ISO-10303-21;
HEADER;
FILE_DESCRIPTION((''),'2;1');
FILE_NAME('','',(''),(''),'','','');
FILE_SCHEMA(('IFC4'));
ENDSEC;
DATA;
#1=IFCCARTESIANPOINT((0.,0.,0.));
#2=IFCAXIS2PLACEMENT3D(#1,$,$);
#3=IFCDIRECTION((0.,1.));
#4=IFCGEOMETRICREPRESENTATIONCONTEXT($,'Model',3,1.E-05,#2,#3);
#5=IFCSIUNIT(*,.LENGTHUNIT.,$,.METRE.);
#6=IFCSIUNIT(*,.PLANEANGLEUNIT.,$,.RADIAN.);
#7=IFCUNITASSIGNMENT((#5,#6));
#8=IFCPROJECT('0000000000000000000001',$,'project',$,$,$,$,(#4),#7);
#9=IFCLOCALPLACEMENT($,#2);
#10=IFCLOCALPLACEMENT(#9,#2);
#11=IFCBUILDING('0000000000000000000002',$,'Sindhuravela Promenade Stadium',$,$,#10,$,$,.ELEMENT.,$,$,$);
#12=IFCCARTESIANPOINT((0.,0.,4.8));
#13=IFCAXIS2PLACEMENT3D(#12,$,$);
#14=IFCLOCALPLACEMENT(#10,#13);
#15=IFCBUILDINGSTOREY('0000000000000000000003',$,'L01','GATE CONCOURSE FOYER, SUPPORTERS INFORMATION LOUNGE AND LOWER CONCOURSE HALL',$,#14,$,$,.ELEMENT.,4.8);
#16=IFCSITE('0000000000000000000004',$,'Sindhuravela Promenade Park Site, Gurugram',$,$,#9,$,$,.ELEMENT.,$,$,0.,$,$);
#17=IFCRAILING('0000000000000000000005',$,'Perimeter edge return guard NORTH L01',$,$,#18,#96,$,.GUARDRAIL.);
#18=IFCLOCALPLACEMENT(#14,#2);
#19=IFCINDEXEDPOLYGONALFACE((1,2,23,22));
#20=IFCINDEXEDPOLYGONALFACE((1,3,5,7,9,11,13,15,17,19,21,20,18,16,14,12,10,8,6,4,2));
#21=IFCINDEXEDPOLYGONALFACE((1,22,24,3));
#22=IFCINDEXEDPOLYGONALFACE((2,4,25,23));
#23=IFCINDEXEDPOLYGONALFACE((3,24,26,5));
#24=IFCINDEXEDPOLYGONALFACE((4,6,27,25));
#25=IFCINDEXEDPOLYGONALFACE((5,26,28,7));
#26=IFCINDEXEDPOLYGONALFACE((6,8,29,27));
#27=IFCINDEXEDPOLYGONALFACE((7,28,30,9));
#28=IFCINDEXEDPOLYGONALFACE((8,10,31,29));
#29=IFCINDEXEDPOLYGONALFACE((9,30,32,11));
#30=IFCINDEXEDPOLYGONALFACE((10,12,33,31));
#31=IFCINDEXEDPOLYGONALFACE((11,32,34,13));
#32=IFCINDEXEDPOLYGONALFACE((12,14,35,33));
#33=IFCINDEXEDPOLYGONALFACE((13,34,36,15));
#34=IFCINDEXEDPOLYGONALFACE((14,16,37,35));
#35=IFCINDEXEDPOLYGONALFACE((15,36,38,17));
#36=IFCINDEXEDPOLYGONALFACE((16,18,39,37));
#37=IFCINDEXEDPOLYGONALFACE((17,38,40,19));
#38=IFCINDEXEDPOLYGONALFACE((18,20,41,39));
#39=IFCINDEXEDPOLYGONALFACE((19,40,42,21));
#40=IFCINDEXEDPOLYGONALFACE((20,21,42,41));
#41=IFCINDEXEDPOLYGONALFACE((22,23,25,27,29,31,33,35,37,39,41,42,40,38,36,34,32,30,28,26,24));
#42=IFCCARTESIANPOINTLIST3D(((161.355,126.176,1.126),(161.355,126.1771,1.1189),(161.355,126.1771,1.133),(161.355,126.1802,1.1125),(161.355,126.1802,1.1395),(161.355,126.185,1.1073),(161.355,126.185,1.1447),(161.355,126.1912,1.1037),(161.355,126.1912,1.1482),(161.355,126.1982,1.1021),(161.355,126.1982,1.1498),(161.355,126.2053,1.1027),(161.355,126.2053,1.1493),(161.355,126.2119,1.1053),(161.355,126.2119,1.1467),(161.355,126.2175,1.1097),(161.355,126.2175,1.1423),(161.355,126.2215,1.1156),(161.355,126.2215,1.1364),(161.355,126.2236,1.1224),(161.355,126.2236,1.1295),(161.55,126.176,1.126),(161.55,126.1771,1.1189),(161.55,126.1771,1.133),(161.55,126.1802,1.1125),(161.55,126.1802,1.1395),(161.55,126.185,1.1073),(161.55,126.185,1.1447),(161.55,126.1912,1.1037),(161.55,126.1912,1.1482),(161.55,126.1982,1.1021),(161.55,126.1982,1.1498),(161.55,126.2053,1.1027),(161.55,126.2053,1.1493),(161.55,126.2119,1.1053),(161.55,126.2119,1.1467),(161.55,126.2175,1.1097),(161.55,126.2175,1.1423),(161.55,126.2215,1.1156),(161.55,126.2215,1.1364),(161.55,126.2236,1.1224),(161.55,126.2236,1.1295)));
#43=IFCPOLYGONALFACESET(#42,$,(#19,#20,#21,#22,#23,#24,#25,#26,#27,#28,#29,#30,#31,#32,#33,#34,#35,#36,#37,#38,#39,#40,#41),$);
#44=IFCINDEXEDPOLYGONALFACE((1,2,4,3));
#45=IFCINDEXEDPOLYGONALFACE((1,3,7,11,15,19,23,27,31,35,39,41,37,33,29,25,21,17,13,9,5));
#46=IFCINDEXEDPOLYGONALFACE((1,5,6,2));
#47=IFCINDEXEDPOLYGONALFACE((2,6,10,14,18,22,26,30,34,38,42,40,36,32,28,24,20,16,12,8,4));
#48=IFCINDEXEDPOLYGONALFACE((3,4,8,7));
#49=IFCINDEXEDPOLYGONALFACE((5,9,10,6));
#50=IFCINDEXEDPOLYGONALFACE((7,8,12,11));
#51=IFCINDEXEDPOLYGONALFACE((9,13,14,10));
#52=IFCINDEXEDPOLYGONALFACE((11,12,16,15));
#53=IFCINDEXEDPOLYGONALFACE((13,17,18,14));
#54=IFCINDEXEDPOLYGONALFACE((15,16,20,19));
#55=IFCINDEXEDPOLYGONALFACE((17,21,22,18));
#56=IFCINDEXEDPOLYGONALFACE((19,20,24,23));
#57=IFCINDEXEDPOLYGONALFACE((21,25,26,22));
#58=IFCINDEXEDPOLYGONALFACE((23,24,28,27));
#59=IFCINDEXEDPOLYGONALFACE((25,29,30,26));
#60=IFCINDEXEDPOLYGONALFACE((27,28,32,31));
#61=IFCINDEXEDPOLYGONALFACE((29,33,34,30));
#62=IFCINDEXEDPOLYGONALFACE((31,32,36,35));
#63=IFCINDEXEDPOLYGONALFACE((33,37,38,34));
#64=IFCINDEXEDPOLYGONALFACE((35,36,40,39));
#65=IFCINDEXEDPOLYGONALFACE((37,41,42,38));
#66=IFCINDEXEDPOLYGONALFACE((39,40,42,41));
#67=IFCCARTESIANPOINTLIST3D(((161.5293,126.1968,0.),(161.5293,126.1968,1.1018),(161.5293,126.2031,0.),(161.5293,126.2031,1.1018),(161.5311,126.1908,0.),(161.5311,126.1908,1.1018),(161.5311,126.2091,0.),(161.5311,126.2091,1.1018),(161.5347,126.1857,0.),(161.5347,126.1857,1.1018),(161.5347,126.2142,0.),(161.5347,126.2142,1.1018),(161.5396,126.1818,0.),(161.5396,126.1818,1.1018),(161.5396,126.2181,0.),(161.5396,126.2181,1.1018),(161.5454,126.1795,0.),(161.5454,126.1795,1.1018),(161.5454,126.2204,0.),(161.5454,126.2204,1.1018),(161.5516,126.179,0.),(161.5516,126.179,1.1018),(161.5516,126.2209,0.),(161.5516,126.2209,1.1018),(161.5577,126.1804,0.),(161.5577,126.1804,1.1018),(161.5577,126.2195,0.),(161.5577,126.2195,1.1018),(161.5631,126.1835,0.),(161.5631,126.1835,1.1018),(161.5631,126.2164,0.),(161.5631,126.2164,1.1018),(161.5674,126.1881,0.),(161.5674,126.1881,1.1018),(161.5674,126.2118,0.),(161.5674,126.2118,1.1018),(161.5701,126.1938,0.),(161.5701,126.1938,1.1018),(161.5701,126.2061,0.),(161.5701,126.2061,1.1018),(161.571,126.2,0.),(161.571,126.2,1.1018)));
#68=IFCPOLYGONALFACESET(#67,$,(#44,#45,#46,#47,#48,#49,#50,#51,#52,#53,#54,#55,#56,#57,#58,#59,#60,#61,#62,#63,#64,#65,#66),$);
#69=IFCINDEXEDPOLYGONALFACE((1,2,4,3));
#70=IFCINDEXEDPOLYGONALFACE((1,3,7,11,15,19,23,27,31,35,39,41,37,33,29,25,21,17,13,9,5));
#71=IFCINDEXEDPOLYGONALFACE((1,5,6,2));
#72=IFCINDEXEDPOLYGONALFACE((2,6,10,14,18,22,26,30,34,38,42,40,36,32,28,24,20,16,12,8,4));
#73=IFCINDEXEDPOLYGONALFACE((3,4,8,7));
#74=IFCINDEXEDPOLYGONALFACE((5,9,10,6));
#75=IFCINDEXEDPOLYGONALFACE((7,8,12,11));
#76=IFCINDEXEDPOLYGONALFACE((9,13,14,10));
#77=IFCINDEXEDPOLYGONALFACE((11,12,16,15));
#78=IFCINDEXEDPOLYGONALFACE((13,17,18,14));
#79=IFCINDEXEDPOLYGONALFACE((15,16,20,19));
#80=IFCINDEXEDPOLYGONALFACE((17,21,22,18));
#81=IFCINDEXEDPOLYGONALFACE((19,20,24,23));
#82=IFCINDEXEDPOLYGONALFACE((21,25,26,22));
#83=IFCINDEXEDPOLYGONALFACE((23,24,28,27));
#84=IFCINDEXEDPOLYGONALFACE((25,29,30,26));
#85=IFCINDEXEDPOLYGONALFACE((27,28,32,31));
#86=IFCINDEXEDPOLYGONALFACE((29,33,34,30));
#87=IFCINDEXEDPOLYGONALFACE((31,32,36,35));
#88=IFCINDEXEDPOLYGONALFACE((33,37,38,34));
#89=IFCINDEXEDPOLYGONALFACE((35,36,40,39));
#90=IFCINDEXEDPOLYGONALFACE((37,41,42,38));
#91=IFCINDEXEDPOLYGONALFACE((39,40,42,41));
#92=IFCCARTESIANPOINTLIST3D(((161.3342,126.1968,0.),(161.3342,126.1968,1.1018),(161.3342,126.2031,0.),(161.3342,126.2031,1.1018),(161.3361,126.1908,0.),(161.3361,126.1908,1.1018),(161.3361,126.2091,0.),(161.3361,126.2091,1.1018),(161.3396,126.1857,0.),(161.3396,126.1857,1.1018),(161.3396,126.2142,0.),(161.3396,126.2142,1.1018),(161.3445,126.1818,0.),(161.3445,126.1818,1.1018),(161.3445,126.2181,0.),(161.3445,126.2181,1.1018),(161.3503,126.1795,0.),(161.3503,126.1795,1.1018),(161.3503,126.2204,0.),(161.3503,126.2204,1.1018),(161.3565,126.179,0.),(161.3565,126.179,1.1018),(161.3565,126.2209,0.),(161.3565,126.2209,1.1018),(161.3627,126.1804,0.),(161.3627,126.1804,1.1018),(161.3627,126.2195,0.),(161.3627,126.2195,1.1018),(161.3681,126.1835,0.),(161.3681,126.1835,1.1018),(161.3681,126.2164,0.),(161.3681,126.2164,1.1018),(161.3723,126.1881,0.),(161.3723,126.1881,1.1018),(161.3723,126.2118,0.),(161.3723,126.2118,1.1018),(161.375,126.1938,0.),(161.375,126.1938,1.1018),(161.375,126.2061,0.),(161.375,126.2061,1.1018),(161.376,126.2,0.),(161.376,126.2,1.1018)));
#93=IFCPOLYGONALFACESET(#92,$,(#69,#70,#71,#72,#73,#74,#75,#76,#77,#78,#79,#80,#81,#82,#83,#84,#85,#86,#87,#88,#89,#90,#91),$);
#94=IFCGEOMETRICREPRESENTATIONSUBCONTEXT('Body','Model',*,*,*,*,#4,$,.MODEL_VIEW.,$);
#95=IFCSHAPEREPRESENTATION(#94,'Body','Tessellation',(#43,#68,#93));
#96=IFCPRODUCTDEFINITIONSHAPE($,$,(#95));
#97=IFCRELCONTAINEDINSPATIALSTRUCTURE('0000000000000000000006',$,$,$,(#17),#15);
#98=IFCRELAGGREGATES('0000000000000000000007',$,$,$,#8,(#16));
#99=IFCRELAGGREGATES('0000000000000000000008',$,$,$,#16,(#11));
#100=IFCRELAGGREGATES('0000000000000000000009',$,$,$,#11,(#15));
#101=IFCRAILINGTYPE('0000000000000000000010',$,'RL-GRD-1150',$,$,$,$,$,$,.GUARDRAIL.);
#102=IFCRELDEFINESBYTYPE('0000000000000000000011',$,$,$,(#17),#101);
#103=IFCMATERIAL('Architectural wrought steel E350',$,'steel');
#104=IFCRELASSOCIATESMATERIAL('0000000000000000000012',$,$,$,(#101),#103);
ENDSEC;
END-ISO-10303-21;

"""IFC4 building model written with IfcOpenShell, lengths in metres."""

from ifc_helpers import new_model, si_unit, direction, frame, origin, origin_2d, place, context, subcontext, project, spatial, circle, extrude, material, type_object, element, save


model = new_model("IFC4")

# Units and contexts
model_context = context("Model", 3, precision=1e-05, world=origin(), true_north=direction((0.0, 1.0)))
body_context = subcontext(model_context, "Body", "Model", "MODEL_VIEW")
ifc_project = project(units=[si_unit("LENGTHUNIT", "METRE"), si_unit("PLANEANGLEUNIT", "RADIAN")], contexts=[model_context])

# Site, building, storey
site_placement = place(None, origin())
site = spatial("IfcSite", under=ifc_project, at=site_placement, Name="Sindhuravela Promenade Park Site, Gurugram", CompositionType="ELEMENT", RefElevation=0.0)
building_placement = place(site_placement, origin())
building = spatial("IfcBuilding", under=site, at=building_placement, Name="Sindhuravela Promenade Stadium", CompositionType="ELEMENT")
storey_placement = place(building_placement, frame((0.0, 0.0, 4.8)))
storey = spatial("IfcBuildingStorey", under=building, at=storey_placement, Name="L01", Description="GATE CONCOURSE FOYER, SUPPORTERS INFORMATION LOUNGE AND LOWER CONCOURSE HALL", CompositionType="ELEMENT", Elevation=4.8)

# Railing
ifc_material_1 = material(Name="Architectural wrought steel E350", Category="steel")
railing_type = type_object("IfcRailingType", Name="RL-GRD-1150", PredefinedType="GUARDRAIL", material=ifc_material_1)
railing_1_placement = place(storey_placement, frame((161.55, 126.2, 0.0)))
element("IfcRailing", 1, at=railing_1_placement, inside=storey, type_object=railing_type, Name="Perimeter edge return guard NORTH L01", PredefinedType="GUARDRAIL", context=body_context, shape_type="SweptSolid", body=[
    extrude(circle(Radius=0.0239, at=origin_2d()), frame((0.0, 0.0, 1.126), z_axis=(-1.0, 0.0, 0.0), x_axis=(0.0, -1.0, 0.0)), (0.0, 0.0, 1.0), 0.1951),
    extrude(circle(Radius=0.021, at=origin_2d()), origin(), (0.0, 0.0, 1.0), 1.1018),
    extrude(circle(Radius=0.021, at=origin_2d()), frame((-0.1951, 0.0, 0.0)), (0.0, 0.0, 1.0), 1.1018),
])

save(model, "model.ifc")
